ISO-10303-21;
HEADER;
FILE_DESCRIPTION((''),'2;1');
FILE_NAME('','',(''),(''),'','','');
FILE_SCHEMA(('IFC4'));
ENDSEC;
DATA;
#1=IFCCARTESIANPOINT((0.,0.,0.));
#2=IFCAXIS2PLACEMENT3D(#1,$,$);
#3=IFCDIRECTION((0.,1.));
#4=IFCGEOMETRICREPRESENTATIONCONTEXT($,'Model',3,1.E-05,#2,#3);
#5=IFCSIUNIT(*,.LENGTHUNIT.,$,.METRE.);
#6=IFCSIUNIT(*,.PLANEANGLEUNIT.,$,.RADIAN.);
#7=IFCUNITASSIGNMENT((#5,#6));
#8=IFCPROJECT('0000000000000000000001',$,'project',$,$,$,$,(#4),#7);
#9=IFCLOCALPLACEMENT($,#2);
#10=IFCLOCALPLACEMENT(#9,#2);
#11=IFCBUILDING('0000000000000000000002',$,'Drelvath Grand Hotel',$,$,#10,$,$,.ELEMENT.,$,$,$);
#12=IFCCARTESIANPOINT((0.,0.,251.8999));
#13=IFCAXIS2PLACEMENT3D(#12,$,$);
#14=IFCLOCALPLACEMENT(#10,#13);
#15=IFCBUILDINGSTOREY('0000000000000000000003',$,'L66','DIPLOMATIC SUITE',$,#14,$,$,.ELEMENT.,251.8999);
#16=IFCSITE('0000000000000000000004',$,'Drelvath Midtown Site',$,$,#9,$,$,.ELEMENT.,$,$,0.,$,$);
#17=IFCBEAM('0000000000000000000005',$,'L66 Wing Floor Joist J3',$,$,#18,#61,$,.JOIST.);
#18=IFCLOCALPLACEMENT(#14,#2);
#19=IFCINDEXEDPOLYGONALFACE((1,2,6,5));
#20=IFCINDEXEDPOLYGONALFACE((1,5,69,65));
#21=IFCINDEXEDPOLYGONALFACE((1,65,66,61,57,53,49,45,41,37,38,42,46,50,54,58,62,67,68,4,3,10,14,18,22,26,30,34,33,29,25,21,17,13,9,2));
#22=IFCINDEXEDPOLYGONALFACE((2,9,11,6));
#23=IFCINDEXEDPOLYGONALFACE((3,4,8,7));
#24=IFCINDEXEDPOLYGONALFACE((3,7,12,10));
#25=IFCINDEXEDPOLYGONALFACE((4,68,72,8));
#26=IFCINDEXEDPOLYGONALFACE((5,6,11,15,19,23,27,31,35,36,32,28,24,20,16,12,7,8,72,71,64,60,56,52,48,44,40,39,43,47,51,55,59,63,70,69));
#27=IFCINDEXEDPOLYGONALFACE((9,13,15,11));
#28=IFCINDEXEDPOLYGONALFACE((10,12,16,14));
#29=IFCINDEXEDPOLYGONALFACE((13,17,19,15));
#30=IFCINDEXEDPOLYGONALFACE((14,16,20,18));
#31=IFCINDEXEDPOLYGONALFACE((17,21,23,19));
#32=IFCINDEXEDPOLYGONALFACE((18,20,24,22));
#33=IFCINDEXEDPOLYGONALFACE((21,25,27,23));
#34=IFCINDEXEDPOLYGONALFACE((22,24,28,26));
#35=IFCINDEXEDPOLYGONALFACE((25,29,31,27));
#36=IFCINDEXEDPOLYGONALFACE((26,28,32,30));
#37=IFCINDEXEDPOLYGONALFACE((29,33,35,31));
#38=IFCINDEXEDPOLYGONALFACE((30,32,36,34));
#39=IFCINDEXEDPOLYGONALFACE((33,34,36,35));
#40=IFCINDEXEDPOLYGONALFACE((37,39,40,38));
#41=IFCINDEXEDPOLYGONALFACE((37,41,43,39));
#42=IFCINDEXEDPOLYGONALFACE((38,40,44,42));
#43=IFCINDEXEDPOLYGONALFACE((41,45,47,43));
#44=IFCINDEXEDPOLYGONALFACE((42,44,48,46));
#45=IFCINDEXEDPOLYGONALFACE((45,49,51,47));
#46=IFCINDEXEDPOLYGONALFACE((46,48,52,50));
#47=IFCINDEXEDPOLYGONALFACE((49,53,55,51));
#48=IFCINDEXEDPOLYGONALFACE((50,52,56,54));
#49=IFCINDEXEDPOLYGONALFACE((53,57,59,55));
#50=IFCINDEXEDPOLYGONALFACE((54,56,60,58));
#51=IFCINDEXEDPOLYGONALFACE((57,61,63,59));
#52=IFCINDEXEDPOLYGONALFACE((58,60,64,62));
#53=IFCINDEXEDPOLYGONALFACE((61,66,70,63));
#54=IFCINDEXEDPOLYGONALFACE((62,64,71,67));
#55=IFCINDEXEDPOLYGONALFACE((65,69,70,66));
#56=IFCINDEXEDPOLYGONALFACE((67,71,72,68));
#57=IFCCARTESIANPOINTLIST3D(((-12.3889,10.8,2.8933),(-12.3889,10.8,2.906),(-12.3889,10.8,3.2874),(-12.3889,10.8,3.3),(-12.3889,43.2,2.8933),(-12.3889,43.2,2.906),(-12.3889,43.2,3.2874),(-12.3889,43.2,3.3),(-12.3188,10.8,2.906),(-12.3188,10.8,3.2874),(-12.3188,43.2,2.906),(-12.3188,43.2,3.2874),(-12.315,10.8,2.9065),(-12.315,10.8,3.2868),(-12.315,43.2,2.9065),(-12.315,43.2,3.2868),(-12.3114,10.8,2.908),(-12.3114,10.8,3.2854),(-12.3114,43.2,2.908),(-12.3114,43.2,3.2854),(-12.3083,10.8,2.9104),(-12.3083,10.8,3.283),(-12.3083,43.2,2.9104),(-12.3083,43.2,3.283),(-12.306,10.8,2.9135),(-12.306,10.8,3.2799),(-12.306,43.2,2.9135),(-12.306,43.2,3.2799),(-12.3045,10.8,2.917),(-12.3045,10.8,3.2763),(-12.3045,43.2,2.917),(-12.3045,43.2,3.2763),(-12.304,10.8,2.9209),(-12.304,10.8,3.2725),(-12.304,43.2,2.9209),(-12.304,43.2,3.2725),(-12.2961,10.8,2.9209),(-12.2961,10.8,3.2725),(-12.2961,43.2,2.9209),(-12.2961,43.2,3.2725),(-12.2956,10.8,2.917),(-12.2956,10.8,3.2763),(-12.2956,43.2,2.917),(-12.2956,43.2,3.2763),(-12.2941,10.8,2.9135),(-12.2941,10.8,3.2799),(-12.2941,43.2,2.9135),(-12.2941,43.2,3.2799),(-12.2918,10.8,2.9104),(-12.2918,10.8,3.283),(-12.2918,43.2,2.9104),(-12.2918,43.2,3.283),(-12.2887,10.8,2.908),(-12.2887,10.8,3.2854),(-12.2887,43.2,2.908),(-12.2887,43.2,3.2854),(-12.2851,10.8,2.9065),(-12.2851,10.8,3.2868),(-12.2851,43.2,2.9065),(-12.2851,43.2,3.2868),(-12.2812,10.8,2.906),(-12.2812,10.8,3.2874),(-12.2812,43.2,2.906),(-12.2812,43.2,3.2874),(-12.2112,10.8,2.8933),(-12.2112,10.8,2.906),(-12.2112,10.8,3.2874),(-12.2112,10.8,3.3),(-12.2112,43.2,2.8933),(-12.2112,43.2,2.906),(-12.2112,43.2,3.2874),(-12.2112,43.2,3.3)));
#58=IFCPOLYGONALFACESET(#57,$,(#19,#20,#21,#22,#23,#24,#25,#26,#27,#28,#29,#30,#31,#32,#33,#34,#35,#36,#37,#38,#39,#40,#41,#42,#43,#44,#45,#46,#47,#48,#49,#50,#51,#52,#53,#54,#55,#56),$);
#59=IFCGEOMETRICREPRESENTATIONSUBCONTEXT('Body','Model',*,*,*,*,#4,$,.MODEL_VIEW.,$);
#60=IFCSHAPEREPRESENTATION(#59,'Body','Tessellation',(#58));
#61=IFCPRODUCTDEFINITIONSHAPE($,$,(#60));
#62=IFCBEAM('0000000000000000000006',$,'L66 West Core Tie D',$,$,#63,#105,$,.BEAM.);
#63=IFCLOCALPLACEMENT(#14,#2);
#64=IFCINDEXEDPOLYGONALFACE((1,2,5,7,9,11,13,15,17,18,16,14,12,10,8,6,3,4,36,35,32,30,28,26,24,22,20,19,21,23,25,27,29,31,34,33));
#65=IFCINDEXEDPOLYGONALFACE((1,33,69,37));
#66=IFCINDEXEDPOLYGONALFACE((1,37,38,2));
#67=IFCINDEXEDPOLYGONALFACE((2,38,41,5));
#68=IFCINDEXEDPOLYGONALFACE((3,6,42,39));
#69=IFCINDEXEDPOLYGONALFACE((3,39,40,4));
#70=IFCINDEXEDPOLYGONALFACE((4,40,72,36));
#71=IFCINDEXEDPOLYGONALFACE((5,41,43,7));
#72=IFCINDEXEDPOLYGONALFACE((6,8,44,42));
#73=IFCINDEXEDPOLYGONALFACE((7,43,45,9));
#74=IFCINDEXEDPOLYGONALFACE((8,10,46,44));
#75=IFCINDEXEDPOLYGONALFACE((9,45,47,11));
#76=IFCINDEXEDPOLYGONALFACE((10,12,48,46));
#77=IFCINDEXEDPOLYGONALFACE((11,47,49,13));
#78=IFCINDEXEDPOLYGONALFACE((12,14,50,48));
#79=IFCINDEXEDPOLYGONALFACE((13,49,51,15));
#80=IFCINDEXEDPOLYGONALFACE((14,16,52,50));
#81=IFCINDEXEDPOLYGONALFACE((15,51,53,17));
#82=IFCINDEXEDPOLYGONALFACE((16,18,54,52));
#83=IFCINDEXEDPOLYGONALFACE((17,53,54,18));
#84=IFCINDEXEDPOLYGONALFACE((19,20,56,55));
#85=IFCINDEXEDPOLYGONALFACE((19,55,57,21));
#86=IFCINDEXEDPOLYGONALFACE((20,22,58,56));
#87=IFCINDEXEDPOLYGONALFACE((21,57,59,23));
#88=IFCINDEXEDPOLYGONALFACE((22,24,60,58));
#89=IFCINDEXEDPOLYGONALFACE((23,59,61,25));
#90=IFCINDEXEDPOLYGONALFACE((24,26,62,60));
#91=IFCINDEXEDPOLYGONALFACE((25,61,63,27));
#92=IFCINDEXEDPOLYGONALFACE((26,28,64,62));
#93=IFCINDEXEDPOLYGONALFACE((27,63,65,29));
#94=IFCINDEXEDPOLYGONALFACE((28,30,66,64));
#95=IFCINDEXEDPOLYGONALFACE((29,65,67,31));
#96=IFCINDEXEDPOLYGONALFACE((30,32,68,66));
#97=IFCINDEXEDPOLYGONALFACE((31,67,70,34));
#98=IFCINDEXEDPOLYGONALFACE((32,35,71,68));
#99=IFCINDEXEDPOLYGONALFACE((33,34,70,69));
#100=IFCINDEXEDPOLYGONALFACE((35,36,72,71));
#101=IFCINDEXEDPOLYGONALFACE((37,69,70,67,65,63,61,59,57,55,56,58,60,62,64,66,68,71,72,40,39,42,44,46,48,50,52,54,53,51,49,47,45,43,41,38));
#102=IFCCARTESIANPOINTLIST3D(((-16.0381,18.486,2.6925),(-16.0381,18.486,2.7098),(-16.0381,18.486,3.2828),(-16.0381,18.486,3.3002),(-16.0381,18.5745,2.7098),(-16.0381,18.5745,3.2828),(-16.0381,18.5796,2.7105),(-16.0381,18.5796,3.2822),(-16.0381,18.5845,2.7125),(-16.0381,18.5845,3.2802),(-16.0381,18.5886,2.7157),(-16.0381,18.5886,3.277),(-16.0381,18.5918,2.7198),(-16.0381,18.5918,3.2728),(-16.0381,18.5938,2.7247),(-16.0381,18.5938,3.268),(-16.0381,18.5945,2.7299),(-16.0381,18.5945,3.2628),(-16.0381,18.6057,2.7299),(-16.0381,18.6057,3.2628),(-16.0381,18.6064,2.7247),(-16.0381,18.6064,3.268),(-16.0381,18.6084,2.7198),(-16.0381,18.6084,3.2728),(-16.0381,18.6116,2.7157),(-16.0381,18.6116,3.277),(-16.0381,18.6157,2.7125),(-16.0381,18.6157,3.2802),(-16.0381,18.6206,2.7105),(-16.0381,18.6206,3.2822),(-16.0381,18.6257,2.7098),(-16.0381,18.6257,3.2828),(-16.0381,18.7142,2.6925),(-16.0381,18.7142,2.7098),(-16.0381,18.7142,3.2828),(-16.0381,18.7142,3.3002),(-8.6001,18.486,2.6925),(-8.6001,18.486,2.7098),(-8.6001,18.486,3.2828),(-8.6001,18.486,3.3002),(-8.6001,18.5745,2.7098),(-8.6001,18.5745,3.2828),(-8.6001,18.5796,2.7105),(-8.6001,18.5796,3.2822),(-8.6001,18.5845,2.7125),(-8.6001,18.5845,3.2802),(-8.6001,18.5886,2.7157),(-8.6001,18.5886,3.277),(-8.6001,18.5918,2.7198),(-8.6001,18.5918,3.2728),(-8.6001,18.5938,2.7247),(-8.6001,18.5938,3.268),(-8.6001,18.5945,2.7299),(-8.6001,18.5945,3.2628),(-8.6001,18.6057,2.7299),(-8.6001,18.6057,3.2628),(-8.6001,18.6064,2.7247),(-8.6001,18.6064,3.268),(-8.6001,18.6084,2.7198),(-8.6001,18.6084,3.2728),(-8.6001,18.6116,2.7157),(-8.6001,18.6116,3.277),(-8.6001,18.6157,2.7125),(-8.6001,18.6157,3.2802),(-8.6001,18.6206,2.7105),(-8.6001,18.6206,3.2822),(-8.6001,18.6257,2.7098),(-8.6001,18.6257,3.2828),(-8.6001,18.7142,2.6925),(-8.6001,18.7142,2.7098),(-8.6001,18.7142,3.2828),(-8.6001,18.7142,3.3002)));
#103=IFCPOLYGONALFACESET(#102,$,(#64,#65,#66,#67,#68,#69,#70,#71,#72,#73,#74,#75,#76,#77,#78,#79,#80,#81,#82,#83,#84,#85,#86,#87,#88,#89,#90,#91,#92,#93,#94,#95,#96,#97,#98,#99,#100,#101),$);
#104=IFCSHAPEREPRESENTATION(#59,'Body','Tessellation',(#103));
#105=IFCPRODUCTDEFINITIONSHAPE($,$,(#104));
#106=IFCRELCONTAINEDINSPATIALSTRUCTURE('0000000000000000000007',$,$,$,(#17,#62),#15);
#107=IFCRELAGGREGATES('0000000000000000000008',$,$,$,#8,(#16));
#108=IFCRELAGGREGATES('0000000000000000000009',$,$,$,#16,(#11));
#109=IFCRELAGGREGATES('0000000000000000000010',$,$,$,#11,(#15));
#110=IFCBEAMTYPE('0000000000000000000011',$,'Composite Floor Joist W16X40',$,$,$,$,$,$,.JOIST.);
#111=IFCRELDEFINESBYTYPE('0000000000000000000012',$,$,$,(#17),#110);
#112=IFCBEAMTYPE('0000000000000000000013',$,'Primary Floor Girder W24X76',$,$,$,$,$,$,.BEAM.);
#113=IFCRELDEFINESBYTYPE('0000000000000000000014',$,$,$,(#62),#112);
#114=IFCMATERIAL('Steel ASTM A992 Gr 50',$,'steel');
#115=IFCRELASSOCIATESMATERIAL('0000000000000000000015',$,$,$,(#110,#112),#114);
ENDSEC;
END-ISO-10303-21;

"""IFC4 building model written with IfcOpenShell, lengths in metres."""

from ifc_helpers import new_model, si_unit, direction, frame, origin, origin_2d, place, context, subcontext, project, spatial, i_section, extrude, material, material_profile, profile_set, type_object, element, save


model = new_model("IFC4")

# Units and contexts
model_context = context("Model", 3, precision=1e-05, world=origin(), true_north=direction((0.0, 1.0)))
body_context = subcontext(model_context, "Body", "Model", "MODEL_VIEW")
ifc_project = project(units=[si_unit("LENGTHUNIT", "METRE"), si_unit("PLANEANGLEUNIT", "RADIAN")], contexts=[model_context])

# Site, building, storey
site_placement = place(None, origin())
site = spatial("IfcSite", under=ifc_project, at=site_placement, Name="Drelvath Midtown Site", CompositionType="ELEMENT", RefElevation=0.0)
building_placement = place(site_placement, origin())
building = spatial("IfcBuilding", under=site, at=building_placement, Name="Drelvath Grand Hotel", CompositionType="ELEMENT")
storey_placement = place(building_placement, frame((0.0, 0.0, 251.8999)))
storey = spatial("IfcBuildingStorey", under=building, at=storey_placement, Name="L66", Description="DIPLOMATIC SUITE", CompositionType="ELEMENT", Elevation=251.8999)

# Beams
ifc_material_1 = material(Name="Steel ASTM A992 Gr 50", Category="steel")
ifc_material_profile_1 = material_profile(ifc_material_1, i_section(OverallWidth=0.1777, OverallDepth=0.4067, WebThickness=0.0078, FlangeThickness=0.0127, FilletRadius=0.0149, at=origin_2d()), Name="W16X40")
ifc_profile_set_1 = profile_set([ifc_material_profile_1], Name="Steel ASTM A992 Gr 50")
beam_type_1 = type_object("IfcBeamType", Name="Composite Floor Joist W16X40", PredefinedType="JOIST", material=ifc_profile_set_1)
beam_1_placement = place(storey_placement, frame((-12.3, 10.8, 3.0967), z_axis=(0.0, 1.0, 0.0), x_axis=(-1.0, 0.0, 0.0)))
element("IfcBeam", 1, at=beam_1_placement, inside=storey, type_object=beam_type_1, Name="L66 Wing Floor Joist J3", PredefinedType="JOIST", context=body_context, shape_type="SweptSolid", body=[
    extrude(i_section(OverallWidth=0.1777, OverallDepth=0.4067, WebThickness=0.0078, FlangeThickness=0.0127, FilletRadius=0.0149, at=origin_2d()), origin(), (0.0, 0.0, 1.0), 32.3999),
])
ifc_material_profile_2 = material_profile(ifc_material_1, i_section(OverallWidth=0.2283, OverallDepth=0.6077, WebThickness=0.0112, FlangeThickness=0.0173, FilletRadius=0.02, at=origin_2d()), Name="W24X76")
ifc_profile_set_2 = profile_set([ifc_material_profile_2], Name="Steel ASTM A992 Gr 50")
beam_type_2 = type_object("IfcBeamType", Name="Primary Floor Girder W24X76", PredefinedType="BEAM", material=ifc_profile_set_2)
beam_2_placement = place(storey_placement, frame((-16.0381, 18.6001, 2.9963), z_axis=(1.0, 0.0, 0.0), x_axis=(0.0, 1.0, 0.0)))
element("IfcBeam", 2, at=beam_2_placement, inside=storey, type_object=beam_type_2, Name="L66 West Core Tie D", PredefinedType="BEAM", context=body_context, shape_type="SweptSolid", body=[
    extrude(i_section(OverallWidth=0.2283, OverallDepth=0.6077, WebThickness=0.0112, FlangeThickness=0.0173, FilletRadius=0.02, at=origin_2d()), origin(), (0.0, 0.0, 1.0), 7.438),
])

save(model, "model.ifc")
